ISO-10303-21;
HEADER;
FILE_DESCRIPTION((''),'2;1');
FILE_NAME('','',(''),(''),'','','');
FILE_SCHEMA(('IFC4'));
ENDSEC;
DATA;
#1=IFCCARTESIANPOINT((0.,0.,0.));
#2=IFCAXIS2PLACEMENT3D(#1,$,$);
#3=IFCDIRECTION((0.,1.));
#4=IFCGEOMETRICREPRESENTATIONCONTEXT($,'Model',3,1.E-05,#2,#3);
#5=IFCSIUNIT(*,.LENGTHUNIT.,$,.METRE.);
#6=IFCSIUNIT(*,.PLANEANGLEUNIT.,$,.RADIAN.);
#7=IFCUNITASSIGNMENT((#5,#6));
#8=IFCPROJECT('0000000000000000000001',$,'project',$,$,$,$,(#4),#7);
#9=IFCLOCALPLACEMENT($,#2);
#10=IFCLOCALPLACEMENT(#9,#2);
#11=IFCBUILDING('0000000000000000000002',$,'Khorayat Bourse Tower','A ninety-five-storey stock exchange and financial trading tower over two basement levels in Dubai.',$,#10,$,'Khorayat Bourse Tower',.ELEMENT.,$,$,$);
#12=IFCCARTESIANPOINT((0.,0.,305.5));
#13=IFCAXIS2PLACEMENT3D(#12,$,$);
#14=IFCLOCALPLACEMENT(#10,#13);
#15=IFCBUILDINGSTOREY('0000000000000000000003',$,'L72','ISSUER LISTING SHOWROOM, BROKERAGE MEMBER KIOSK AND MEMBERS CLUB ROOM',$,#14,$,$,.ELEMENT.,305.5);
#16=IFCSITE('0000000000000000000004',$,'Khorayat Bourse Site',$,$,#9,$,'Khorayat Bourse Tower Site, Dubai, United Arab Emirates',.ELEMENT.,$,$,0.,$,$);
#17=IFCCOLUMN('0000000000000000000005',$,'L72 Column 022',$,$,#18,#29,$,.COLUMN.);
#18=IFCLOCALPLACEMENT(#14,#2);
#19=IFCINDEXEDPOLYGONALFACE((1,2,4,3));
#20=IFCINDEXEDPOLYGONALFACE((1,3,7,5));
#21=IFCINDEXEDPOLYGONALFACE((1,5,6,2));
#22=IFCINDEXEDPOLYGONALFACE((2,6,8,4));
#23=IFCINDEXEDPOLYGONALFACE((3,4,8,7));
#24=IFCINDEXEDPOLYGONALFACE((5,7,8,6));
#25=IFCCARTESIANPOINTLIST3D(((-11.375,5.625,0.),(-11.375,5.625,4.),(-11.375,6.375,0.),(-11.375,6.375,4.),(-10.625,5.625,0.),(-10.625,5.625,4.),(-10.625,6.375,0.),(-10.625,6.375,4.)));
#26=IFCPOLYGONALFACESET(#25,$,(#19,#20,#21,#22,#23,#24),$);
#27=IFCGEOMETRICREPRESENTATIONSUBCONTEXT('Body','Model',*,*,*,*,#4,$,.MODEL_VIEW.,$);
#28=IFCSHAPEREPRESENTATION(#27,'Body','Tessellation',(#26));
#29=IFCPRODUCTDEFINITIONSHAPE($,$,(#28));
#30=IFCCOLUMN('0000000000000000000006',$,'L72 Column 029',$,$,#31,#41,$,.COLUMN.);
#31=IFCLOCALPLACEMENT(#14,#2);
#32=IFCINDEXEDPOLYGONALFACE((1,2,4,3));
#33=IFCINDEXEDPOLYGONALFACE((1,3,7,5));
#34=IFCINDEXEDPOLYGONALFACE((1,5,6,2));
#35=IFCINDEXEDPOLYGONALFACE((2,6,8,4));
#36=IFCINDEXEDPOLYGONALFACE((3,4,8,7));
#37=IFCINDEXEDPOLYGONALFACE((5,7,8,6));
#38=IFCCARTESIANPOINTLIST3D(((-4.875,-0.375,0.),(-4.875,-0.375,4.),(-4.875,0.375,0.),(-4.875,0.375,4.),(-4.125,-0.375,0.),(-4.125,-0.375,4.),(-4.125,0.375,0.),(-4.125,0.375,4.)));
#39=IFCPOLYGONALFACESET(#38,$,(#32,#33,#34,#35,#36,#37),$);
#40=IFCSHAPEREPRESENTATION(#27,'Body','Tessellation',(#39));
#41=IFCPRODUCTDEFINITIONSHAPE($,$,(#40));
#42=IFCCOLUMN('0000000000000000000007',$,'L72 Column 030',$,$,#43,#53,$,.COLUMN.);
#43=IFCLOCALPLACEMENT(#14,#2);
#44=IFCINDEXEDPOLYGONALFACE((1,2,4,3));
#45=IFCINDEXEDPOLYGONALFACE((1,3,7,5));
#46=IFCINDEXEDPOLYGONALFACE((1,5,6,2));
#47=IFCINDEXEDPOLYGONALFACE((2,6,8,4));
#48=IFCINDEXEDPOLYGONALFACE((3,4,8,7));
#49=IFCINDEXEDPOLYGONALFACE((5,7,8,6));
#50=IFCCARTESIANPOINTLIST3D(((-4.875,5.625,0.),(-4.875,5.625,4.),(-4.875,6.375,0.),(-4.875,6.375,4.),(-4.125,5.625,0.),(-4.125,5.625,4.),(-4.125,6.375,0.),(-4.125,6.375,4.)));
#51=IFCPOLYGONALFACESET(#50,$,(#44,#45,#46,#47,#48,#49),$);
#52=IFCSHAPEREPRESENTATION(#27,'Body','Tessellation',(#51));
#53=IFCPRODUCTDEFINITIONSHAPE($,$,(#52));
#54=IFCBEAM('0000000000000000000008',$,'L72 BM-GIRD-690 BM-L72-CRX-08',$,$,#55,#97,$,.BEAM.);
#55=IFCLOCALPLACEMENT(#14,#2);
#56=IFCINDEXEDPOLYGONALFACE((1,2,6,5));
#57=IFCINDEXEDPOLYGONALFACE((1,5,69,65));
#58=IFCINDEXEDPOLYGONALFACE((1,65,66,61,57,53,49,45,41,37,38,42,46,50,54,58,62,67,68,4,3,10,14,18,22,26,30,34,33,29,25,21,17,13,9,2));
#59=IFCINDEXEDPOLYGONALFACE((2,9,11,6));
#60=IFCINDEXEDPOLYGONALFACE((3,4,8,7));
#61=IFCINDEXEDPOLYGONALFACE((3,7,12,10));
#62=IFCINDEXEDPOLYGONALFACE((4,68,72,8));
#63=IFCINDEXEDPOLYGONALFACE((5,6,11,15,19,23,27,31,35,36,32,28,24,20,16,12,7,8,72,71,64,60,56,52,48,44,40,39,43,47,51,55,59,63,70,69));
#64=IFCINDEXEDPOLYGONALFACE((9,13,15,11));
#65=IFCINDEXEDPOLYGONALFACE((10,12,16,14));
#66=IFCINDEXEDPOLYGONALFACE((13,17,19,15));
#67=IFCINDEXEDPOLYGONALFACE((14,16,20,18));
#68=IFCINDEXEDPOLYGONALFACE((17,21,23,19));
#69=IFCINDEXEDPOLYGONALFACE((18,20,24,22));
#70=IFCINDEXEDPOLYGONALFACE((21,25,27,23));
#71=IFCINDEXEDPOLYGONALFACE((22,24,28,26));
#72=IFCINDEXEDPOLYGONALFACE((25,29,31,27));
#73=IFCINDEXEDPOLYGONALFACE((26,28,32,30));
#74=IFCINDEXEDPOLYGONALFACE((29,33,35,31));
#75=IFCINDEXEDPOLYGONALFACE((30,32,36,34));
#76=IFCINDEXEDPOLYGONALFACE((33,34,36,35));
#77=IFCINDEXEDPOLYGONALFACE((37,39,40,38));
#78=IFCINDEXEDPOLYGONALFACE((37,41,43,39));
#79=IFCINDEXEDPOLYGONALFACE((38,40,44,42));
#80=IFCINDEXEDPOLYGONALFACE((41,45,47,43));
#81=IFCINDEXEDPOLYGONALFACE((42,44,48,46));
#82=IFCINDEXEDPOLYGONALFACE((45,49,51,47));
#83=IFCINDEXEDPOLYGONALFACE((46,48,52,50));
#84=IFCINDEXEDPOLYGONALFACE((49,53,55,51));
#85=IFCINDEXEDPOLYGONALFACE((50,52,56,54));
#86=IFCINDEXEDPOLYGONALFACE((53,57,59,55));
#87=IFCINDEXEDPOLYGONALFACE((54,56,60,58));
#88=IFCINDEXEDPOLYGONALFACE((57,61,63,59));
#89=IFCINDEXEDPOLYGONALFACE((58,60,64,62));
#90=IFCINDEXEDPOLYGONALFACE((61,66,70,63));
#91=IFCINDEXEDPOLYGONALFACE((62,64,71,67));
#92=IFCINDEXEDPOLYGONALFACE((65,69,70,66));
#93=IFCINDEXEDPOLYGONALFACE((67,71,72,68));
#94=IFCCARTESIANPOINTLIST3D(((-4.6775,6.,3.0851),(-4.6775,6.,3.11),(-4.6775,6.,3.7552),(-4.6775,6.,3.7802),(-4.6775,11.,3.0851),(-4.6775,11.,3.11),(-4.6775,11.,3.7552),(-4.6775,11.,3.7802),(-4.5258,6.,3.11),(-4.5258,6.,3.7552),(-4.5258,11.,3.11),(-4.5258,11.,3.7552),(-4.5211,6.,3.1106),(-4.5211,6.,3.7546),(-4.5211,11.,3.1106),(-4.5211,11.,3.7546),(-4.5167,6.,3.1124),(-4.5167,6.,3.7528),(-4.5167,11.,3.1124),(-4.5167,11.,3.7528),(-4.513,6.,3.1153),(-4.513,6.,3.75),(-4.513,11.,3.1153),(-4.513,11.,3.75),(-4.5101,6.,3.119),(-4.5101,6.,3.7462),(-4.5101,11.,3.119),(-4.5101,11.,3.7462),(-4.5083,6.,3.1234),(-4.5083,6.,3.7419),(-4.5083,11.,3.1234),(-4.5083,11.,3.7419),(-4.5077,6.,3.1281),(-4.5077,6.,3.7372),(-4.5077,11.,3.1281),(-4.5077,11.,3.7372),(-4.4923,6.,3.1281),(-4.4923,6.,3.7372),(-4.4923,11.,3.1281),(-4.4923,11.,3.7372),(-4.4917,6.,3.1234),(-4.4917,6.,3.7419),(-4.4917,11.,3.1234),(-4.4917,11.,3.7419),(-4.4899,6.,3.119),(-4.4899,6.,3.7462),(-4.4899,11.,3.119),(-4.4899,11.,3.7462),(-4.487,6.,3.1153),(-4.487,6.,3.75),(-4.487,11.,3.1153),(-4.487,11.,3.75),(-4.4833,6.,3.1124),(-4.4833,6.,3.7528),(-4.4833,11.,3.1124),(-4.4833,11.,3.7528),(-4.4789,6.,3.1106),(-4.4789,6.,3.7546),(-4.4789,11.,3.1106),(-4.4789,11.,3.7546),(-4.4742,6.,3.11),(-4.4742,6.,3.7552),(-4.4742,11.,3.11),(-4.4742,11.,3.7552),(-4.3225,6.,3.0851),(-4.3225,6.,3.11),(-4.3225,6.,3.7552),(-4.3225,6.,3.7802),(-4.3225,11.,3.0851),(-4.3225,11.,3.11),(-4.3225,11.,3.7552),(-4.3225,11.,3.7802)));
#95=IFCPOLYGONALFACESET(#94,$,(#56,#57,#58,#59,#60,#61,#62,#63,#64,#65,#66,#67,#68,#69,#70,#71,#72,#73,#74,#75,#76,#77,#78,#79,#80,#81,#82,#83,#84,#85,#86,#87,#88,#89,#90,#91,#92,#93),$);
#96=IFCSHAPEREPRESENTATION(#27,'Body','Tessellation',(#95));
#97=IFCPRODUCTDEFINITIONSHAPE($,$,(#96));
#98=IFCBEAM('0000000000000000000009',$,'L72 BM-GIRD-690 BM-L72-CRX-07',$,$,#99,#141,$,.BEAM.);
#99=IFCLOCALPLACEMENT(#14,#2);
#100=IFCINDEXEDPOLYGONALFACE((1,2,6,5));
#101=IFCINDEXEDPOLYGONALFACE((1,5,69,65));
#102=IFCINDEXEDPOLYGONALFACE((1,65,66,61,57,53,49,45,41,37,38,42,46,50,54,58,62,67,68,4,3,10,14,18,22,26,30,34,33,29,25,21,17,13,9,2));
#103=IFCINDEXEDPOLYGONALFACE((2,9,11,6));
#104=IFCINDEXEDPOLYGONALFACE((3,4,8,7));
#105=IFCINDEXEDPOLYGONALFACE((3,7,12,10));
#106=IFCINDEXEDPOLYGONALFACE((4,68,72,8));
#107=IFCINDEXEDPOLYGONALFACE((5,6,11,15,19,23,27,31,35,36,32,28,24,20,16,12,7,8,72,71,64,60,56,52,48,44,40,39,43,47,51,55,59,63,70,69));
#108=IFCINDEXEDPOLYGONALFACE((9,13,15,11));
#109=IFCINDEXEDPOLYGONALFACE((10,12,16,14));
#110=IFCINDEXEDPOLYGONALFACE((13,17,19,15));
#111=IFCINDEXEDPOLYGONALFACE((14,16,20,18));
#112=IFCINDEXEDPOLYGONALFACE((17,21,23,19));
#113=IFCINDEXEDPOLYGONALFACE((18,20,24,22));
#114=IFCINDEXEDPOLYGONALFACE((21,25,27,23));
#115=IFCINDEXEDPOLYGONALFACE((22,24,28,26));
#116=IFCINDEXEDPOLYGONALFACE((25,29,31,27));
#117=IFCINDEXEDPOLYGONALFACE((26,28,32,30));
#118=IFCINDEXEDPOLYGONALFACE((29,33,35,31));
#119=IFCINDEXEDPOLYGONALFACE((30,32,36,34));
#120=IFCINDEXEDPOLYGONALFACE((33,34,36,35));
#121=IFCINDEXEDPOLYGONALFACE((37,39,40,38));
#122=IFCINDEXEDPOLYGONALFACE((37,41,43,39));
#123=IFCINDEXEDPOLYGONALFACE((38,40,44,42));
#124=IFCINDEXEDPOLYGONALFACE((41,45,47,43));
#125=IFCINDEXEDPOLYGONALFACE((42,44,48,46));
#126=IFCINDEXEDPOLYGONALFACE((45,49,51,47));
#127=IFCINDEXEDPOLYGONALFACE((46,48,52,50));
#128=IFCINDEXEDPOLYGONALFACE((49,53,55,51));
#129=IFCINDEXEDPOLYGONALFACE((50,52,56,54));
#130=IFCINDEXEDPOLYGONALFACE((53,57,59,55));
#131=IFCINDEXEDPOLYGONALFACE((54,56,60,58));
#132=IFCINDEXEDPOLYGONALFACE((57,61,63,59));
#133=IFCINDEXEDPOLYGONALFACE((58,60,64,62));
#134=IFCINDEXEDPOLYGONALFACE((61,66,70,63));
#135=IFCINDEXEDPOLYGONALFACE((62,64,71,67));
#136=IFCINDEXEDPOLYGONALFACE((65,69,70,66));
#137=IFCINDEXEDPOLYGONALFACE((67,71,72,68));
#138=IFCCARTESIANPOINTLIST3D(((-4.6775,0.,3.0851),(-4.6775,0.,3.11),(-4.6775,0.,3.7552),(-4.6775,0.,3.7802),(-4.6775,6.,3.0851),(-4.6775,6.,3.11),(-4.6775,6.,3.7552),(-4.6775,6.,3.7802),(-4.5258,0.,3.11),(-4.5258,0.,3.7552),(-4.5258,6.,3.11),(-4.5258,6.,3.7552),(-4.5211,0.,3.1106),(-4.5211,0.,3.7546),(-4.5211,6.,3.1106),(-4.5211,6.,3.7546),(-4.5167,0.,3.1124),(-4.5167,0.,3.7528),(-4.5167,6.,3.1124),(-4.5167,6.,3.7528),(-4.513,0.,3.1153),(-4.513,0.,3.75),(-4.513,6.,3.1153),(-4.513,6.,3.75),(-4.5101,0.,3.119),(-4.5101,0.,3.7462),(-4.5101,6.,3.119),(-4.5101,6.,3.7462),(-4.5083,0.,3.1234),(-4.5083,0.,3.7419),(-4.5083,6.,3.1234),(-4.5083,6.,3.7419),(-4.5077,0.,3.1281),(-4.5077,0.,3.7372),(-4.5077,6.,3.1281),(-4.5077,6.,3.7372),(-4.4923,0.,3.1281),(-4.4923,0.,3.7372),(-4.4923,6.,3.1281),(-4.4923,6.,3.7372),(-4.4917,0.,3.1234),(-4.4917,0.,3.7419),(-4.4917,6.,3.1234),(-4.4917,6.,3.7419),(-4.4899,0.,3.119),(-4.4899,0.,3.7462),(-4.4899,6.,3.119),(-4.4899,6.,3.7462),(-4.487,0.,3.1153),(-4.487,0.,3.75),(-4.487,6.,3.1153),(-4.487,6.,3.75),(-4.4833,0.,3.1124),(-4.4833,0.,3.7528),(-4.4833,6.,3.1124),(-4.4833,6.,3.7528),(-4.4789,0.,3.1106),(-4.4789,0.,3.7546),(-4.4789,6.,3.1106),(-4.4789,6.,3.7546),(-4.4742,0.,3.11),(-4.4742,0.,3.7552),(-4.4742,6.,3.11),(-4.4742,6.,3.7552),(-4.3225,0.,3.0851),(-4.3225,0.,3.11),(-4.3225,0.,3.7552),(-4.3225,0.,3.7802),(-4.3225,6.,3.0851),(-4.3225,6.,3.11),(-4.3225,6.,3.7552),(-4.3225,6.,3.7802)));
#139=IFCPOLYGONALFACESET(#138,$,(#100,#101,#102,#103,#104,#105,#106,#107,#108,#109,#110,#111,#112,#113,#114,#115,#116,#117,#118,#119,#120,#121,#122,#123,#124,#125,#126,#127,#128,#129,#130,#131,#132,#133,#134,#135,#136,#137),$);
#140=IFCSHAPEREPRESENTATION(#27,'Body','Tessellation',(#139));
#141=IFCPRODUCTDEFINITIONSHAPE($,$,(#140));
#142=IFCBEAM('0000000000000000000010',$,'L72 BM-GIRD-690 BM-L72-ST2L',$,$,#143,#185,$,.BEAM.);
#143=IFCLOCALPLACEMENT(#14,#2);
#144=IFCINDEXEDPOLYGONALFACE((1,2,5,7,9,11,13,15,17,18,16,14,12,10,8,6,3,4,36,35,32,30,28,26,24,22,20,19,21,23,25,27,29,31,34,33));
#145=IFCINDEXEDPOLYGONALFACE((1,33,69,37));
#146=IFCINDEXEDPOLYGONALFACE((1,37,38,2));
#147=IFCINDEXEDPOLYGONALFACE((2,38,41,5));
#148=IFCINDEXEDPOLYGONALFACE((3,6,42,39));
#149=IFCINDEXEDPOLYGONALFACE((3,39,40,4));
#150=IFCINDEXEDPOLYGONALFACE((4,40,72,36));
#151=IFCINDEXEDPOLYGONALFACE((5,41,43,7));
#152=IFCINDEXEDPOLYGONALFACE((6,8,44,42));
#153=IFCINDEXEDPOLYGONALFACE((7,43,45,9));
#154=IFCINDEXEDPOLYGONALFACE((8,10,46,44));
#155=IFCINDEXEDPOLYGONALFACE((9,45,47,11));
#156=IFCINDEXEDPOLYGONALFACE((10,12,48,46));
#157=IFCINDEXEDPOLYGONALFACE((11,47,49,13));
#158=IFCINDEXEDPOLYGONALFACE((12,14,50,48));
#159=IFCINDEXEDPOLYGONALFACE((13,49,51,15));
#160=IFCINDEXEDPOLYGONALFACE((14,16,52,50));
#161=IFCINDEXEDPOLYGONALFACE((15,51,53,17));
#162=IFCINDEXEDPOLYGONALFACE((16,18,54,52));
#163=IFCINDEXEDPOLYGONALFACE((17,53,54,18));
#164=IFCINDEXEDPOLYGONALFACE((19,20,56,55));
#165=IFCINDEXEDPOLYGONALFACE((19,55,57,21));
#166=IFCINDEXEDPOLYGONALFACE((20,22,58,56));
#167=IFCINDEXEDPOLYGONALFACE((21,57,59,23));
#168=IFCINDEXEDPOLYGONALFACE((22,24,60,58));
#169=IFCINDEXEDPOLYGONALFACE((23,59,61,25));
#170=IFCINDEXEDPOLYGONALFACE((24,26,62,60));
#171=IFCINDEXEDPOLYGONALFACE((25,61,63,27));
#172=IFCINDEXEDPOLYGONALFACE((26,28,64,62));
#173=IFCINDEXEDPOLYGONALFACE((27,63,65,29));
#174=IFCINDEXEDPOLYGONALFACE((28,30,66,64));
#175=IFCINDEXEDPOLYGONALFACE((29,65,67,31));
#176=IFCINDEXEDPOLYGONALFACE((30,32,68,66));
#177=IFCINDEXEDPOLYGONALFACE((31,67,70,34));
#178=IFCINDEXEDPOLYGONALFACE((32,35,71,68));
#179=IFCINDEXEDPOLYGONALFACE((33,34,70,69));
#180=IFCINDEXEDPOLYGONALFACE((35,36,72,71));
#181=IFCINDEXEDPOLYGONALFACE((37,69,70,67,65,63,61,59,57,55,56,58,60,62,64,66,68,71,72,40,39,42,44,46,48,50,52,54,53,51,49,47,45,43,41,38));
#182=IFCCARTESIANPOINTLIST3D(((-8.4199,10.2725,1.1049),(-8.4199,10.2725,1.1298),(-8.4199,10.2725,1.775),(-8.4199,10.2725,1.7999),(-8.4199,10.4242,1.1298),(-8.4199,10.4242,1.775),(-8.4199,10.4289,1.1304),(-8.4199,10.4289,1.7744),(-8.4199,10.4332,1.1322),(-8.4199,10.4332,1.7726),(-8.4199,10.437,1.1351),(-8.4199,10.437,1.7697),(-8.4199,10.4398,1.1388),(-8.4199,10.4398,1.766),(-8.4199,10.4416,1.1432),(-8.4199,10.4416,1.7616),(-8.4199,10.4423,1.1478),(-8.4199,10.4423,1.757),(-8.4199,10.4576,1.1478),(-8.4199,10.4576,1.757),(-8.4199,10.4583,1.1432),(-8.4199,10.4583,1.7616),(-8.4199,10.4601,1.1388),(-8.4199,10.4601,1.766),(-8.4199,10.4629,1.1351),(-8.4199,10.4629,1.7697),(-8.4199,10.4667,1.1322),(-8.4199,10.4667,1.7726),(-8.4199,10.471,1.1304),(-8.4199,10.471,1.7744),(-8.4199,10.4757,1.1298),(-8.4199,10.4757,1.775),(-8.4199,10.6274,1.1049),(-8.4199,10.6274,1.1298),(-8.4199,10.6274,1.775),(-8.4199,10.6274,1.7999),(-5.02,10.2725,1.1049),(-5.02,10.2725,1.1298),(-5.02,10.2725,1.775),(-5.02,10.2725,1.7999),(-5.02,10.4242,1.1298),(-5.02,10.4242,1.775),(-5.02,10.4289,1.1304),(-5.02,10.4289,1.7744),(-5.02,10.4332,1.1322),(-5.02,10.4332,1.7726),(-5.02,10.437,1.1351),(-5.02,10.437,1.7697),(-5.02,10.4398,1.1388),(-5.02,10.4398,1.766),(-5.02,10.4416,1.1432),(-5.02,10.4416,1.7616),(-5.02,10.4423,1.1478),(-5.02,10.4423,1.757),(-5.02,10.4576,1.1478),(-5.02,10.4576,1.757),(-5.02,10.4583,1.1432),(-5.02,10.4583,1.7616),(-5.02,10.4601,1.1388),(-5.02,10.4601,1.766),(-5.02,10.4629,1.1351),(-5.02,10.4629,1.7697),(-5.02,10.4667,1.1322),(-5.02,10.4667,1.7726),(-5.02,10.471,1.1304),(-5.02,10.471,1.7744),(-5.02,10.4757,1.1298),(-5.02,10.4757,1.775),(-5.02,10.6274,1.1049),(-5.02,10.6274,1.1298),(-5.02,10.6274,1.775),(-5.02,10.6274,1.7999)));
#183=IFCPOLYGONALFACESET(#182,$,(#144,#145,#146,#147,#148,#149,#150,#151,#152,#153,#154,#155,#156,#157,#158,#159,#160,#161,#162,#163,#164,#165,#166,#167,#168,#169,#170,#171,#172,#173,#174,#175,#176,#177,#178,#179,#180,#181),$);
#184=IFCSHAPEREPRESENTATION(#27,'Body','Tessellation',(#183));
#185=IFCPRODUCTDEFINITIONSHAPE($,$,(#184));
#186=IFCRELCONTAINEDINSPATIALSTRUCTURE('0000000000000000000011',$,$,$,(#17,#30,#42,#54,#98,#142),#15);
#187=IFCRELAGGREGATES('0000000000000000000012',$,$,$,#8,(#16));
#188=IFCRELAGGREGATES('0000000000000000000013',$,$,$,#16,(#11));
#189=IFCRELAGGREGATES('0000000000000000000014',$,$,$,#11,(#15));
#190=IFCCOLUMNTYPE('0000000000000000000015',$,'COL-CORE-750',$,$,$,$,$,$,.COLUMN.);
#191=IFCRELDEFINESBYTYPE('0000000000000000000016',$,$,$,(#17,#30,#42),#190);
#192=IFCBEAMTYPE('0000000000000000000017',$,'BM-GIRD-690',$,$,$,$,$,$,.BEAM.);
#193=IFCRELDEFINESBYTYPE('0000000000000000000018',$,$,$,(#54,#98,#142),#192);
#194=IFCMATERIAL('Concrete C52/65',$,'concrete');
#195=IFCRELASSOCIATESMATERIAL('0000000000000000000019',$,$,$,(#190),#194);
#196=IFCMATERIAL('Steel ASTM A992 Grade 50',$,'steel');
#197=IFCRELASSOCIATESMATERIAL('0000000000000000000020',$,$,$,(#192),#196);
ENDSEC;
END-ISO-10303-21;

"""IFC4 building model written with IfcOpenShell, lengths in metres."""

from ifc_helpers import new_model, si_unit, direction, frame, origin, origin_2d, place, context, subcontext, project, spatial, rectangle, i_section, extrude, source, transform, mapped, material, material_profile, profile_set, type_object, element, save


model = new_model("IFC4")

# Units and contexts
model_context = context("Model", 3, precision=1e-05, world=origin(), true_north=direction((0.0, 1.0)))
body_context = subcontext(model_context, "Body", "Model", "MODEL_VIEW")
ifc_project = project(units=[si_unit("LENGTHUNIT", "METRE"), si_unit("PLANEANGLEUNIT", "RADIAN")], contexts=[model_context])

# Site, building, storey
site_placement = place(None, origin())
site = spatial("IfcSite", under=ifc_project, at=site_placement, Name="Khorayat Bourse Site", LongName="Khorayat Bourse Tower Site, Dubai, United Arab Emirates", CompositionType="ELEMENT", RefElevation=0.0)
building_placement = place(site_placement, origin())
building = spatial("IfcBuilding", under=site, at=building_placement, Name="Khorayat Bourse Tower", Description="A ninety-five-storey stock exchange and financial trading tower over two basement levels in Dubai.", LongName="Khorayat Bourse Tower", CompositionType="ELEMENT")
storey_placement = place(building_placement, frame((0.0, 0.0, 305.5)))
storey = spatial("IfcBuildingStorey", under=building, at=storey_placement, Name="L72", Description="ISSUER LISTING SHOWROOM, BROKERAGE MEMBER KIOSK AND MEMBERS CLUB ROOM", CompositionType="ELEMENT", Elevation=305.5)

# Columns
ifc_material_1 = material(Name="Concrete C52/65", Category="concrete")
ifc_material_profile_1 = material_profile(ifc_material_1, rectangle(XDim=0.75, YDim=0.75, at=origin_2d()), Name="RC 750x750")
ifc_profile_set_1 = profile_set([ifc_material_profile_1], Name="Concrete C52/65")
column_type = type_object("IfcColumnType", Name="COL-CORE-750", PredefinedType="COLUMN", material=ifc_profile_set_1)
shared_shape_1 = source(origin(), body_context, "Body", "SweptSolid", [
    extrude(rectangle(XDim=0.75, YDim=0.75, at=origin_2d()), origin(), (0.0, 0.0, 1.0), 4.0),
])
for number, where, z_axis, x_axis, name in (
    (1, (-11.0, 6.0, 0.0), (0.0, 0.0, 1.0), (1.0, 0.0, 0.0), "L72 Column 022"),
    (2, (-4.5, 0.0, 0.0), (0.0, 0.0, 1.0), (1.0, 0.0, 0.0), "L72 Column 029"),
    (3, (-4.5, 6.0, 0.0), (0.0, 0.0, 1.0), (1.0, 0.0, 0.0), "L72 Column 030"),
):
    element("IfcColumn", number, at=place(storey_placement, frame(where, z_axis=z_axis, x_axis=x_axis)), inside=storey, type_object=column_type, Name=name, PredefinedType="COLUMN", context=body_context, shape_type="MappedRepresentation", body=[
        mapped(shared_shape_1, transform((0.0, 0.0, 0.0), scale=1.0)),
    ])

# Beams
ifc_material_2 = material(Name="Steel ASTM A992 Grade 50", Category="steel")
ifc_material_profile_2 = material_profile(ifc_material_2, i_section(OverallWidth=0.355, OverallDepth=0.6951, WebThickness=0.0154, FlangeThickness=0.0249, FilletRadius=0.0181, at=origin_2d()), Name="W690X217")
ifc_profile_set_2 = profile_set([ifc_material_profile_2], Name="Steel ASTM A992 Grade 50")
beam_type_1 = type_object("IfcBeamType", Name="BM-GIRD-690", PredefinedType="BEAM", material=ifc_profile_set_2)
shared_shape_2 = source(origin(), body_context, "Body", "SweptSolid", [
    extrude(i_section(OverallWidth=0.355, OverallDepth=0.6951, WebThickness=0.0154, FlangeThickness=0.0249, FilletRadius=0.0181, at=origin_2d()), origin(), (0.0, 0.0, 1.0), 5.0),
])
beam_1_placement = place(storey_placement, frame((-4.5, 6.0, 3.4326), z_axis=(0.0, 1.0, 0.0), x_axis=(-1.0, 0.0, 0.0)))
element("IfcBeam", 4, at=beam_1_placement, inside=storey, type_object=beam_type_1, Name="L72 BM-GIRD-690 BM-L72-CRX-08", PredefinedType="BEAM", context=body_context, shape_type="MappedRepresentation", body=[
    mapped(shared_shape_2, transform((0.0, 0.0, 0.0), scale=1.0)),
])
shared_shape_3 = source(origin(), body_context, "Body", "SweptSolid", [
    extrude(i_section(OverallWidth=0.355, OverallDepth=0.6951, WebThickness=0.0154, FlangeThickness=0.0249, FilletRadius=0.0181, at=origin_2d()), origin(), (0.0, 0.0, 1.0), 6.0),
])
beam_2_placement = place(storey_placement, frame((-4.5, 0.0, 3.4326), z_axis=(0.0, 1.0, 0.0), x_axis=(-1.0, 0.0, 0.0)))
element("IfcBeam", 5, at=beam_2_placement, inside=storey, type_object=beam_type_1, Name="L72 BM-GIRD-690 BM-L72-CRX-07", PredefinedType="BEAM", context=body_context, shape_type="MappedRepresentation", body=[
    mapped(shared_shape_3, transform((0.0, 0.0, 0.0), scale=1.0)),
])
shared_shape_4 = source(origin(), body_context, "Body", "SweptSolid", [
    extrude(i_section(OverallWidth=0.355, OverallDepth=0.6951, WebThickness=0.0154, FlangeThickness=0.0249, FilletRadius=0.0181, at=origin_2d()), origin(), (0.0, 0.0, 1.0), 3.3999),
])
beam_3_placement = place(storey_placement, frame((-8.4199, 10.45, 1.4524), z_axis=(1.0, 0.0, 0.0), x_axis=(0.0, 1.0, 0.0)))
element("IfcBeam", 6, at=beam_3_placement, inside=storey, type_object=beam_type_1, Name="L72 BM-GIRD-690 BM-L72-ST2L", PredefinedType="BEAM", context=body_context, shape_type="MappedRepresentation", body=[
    mapped(shared_shape_4, transform((0.0, 0.0, 0.0), scale=1.0)),
])

save(model, "model.ifc")
